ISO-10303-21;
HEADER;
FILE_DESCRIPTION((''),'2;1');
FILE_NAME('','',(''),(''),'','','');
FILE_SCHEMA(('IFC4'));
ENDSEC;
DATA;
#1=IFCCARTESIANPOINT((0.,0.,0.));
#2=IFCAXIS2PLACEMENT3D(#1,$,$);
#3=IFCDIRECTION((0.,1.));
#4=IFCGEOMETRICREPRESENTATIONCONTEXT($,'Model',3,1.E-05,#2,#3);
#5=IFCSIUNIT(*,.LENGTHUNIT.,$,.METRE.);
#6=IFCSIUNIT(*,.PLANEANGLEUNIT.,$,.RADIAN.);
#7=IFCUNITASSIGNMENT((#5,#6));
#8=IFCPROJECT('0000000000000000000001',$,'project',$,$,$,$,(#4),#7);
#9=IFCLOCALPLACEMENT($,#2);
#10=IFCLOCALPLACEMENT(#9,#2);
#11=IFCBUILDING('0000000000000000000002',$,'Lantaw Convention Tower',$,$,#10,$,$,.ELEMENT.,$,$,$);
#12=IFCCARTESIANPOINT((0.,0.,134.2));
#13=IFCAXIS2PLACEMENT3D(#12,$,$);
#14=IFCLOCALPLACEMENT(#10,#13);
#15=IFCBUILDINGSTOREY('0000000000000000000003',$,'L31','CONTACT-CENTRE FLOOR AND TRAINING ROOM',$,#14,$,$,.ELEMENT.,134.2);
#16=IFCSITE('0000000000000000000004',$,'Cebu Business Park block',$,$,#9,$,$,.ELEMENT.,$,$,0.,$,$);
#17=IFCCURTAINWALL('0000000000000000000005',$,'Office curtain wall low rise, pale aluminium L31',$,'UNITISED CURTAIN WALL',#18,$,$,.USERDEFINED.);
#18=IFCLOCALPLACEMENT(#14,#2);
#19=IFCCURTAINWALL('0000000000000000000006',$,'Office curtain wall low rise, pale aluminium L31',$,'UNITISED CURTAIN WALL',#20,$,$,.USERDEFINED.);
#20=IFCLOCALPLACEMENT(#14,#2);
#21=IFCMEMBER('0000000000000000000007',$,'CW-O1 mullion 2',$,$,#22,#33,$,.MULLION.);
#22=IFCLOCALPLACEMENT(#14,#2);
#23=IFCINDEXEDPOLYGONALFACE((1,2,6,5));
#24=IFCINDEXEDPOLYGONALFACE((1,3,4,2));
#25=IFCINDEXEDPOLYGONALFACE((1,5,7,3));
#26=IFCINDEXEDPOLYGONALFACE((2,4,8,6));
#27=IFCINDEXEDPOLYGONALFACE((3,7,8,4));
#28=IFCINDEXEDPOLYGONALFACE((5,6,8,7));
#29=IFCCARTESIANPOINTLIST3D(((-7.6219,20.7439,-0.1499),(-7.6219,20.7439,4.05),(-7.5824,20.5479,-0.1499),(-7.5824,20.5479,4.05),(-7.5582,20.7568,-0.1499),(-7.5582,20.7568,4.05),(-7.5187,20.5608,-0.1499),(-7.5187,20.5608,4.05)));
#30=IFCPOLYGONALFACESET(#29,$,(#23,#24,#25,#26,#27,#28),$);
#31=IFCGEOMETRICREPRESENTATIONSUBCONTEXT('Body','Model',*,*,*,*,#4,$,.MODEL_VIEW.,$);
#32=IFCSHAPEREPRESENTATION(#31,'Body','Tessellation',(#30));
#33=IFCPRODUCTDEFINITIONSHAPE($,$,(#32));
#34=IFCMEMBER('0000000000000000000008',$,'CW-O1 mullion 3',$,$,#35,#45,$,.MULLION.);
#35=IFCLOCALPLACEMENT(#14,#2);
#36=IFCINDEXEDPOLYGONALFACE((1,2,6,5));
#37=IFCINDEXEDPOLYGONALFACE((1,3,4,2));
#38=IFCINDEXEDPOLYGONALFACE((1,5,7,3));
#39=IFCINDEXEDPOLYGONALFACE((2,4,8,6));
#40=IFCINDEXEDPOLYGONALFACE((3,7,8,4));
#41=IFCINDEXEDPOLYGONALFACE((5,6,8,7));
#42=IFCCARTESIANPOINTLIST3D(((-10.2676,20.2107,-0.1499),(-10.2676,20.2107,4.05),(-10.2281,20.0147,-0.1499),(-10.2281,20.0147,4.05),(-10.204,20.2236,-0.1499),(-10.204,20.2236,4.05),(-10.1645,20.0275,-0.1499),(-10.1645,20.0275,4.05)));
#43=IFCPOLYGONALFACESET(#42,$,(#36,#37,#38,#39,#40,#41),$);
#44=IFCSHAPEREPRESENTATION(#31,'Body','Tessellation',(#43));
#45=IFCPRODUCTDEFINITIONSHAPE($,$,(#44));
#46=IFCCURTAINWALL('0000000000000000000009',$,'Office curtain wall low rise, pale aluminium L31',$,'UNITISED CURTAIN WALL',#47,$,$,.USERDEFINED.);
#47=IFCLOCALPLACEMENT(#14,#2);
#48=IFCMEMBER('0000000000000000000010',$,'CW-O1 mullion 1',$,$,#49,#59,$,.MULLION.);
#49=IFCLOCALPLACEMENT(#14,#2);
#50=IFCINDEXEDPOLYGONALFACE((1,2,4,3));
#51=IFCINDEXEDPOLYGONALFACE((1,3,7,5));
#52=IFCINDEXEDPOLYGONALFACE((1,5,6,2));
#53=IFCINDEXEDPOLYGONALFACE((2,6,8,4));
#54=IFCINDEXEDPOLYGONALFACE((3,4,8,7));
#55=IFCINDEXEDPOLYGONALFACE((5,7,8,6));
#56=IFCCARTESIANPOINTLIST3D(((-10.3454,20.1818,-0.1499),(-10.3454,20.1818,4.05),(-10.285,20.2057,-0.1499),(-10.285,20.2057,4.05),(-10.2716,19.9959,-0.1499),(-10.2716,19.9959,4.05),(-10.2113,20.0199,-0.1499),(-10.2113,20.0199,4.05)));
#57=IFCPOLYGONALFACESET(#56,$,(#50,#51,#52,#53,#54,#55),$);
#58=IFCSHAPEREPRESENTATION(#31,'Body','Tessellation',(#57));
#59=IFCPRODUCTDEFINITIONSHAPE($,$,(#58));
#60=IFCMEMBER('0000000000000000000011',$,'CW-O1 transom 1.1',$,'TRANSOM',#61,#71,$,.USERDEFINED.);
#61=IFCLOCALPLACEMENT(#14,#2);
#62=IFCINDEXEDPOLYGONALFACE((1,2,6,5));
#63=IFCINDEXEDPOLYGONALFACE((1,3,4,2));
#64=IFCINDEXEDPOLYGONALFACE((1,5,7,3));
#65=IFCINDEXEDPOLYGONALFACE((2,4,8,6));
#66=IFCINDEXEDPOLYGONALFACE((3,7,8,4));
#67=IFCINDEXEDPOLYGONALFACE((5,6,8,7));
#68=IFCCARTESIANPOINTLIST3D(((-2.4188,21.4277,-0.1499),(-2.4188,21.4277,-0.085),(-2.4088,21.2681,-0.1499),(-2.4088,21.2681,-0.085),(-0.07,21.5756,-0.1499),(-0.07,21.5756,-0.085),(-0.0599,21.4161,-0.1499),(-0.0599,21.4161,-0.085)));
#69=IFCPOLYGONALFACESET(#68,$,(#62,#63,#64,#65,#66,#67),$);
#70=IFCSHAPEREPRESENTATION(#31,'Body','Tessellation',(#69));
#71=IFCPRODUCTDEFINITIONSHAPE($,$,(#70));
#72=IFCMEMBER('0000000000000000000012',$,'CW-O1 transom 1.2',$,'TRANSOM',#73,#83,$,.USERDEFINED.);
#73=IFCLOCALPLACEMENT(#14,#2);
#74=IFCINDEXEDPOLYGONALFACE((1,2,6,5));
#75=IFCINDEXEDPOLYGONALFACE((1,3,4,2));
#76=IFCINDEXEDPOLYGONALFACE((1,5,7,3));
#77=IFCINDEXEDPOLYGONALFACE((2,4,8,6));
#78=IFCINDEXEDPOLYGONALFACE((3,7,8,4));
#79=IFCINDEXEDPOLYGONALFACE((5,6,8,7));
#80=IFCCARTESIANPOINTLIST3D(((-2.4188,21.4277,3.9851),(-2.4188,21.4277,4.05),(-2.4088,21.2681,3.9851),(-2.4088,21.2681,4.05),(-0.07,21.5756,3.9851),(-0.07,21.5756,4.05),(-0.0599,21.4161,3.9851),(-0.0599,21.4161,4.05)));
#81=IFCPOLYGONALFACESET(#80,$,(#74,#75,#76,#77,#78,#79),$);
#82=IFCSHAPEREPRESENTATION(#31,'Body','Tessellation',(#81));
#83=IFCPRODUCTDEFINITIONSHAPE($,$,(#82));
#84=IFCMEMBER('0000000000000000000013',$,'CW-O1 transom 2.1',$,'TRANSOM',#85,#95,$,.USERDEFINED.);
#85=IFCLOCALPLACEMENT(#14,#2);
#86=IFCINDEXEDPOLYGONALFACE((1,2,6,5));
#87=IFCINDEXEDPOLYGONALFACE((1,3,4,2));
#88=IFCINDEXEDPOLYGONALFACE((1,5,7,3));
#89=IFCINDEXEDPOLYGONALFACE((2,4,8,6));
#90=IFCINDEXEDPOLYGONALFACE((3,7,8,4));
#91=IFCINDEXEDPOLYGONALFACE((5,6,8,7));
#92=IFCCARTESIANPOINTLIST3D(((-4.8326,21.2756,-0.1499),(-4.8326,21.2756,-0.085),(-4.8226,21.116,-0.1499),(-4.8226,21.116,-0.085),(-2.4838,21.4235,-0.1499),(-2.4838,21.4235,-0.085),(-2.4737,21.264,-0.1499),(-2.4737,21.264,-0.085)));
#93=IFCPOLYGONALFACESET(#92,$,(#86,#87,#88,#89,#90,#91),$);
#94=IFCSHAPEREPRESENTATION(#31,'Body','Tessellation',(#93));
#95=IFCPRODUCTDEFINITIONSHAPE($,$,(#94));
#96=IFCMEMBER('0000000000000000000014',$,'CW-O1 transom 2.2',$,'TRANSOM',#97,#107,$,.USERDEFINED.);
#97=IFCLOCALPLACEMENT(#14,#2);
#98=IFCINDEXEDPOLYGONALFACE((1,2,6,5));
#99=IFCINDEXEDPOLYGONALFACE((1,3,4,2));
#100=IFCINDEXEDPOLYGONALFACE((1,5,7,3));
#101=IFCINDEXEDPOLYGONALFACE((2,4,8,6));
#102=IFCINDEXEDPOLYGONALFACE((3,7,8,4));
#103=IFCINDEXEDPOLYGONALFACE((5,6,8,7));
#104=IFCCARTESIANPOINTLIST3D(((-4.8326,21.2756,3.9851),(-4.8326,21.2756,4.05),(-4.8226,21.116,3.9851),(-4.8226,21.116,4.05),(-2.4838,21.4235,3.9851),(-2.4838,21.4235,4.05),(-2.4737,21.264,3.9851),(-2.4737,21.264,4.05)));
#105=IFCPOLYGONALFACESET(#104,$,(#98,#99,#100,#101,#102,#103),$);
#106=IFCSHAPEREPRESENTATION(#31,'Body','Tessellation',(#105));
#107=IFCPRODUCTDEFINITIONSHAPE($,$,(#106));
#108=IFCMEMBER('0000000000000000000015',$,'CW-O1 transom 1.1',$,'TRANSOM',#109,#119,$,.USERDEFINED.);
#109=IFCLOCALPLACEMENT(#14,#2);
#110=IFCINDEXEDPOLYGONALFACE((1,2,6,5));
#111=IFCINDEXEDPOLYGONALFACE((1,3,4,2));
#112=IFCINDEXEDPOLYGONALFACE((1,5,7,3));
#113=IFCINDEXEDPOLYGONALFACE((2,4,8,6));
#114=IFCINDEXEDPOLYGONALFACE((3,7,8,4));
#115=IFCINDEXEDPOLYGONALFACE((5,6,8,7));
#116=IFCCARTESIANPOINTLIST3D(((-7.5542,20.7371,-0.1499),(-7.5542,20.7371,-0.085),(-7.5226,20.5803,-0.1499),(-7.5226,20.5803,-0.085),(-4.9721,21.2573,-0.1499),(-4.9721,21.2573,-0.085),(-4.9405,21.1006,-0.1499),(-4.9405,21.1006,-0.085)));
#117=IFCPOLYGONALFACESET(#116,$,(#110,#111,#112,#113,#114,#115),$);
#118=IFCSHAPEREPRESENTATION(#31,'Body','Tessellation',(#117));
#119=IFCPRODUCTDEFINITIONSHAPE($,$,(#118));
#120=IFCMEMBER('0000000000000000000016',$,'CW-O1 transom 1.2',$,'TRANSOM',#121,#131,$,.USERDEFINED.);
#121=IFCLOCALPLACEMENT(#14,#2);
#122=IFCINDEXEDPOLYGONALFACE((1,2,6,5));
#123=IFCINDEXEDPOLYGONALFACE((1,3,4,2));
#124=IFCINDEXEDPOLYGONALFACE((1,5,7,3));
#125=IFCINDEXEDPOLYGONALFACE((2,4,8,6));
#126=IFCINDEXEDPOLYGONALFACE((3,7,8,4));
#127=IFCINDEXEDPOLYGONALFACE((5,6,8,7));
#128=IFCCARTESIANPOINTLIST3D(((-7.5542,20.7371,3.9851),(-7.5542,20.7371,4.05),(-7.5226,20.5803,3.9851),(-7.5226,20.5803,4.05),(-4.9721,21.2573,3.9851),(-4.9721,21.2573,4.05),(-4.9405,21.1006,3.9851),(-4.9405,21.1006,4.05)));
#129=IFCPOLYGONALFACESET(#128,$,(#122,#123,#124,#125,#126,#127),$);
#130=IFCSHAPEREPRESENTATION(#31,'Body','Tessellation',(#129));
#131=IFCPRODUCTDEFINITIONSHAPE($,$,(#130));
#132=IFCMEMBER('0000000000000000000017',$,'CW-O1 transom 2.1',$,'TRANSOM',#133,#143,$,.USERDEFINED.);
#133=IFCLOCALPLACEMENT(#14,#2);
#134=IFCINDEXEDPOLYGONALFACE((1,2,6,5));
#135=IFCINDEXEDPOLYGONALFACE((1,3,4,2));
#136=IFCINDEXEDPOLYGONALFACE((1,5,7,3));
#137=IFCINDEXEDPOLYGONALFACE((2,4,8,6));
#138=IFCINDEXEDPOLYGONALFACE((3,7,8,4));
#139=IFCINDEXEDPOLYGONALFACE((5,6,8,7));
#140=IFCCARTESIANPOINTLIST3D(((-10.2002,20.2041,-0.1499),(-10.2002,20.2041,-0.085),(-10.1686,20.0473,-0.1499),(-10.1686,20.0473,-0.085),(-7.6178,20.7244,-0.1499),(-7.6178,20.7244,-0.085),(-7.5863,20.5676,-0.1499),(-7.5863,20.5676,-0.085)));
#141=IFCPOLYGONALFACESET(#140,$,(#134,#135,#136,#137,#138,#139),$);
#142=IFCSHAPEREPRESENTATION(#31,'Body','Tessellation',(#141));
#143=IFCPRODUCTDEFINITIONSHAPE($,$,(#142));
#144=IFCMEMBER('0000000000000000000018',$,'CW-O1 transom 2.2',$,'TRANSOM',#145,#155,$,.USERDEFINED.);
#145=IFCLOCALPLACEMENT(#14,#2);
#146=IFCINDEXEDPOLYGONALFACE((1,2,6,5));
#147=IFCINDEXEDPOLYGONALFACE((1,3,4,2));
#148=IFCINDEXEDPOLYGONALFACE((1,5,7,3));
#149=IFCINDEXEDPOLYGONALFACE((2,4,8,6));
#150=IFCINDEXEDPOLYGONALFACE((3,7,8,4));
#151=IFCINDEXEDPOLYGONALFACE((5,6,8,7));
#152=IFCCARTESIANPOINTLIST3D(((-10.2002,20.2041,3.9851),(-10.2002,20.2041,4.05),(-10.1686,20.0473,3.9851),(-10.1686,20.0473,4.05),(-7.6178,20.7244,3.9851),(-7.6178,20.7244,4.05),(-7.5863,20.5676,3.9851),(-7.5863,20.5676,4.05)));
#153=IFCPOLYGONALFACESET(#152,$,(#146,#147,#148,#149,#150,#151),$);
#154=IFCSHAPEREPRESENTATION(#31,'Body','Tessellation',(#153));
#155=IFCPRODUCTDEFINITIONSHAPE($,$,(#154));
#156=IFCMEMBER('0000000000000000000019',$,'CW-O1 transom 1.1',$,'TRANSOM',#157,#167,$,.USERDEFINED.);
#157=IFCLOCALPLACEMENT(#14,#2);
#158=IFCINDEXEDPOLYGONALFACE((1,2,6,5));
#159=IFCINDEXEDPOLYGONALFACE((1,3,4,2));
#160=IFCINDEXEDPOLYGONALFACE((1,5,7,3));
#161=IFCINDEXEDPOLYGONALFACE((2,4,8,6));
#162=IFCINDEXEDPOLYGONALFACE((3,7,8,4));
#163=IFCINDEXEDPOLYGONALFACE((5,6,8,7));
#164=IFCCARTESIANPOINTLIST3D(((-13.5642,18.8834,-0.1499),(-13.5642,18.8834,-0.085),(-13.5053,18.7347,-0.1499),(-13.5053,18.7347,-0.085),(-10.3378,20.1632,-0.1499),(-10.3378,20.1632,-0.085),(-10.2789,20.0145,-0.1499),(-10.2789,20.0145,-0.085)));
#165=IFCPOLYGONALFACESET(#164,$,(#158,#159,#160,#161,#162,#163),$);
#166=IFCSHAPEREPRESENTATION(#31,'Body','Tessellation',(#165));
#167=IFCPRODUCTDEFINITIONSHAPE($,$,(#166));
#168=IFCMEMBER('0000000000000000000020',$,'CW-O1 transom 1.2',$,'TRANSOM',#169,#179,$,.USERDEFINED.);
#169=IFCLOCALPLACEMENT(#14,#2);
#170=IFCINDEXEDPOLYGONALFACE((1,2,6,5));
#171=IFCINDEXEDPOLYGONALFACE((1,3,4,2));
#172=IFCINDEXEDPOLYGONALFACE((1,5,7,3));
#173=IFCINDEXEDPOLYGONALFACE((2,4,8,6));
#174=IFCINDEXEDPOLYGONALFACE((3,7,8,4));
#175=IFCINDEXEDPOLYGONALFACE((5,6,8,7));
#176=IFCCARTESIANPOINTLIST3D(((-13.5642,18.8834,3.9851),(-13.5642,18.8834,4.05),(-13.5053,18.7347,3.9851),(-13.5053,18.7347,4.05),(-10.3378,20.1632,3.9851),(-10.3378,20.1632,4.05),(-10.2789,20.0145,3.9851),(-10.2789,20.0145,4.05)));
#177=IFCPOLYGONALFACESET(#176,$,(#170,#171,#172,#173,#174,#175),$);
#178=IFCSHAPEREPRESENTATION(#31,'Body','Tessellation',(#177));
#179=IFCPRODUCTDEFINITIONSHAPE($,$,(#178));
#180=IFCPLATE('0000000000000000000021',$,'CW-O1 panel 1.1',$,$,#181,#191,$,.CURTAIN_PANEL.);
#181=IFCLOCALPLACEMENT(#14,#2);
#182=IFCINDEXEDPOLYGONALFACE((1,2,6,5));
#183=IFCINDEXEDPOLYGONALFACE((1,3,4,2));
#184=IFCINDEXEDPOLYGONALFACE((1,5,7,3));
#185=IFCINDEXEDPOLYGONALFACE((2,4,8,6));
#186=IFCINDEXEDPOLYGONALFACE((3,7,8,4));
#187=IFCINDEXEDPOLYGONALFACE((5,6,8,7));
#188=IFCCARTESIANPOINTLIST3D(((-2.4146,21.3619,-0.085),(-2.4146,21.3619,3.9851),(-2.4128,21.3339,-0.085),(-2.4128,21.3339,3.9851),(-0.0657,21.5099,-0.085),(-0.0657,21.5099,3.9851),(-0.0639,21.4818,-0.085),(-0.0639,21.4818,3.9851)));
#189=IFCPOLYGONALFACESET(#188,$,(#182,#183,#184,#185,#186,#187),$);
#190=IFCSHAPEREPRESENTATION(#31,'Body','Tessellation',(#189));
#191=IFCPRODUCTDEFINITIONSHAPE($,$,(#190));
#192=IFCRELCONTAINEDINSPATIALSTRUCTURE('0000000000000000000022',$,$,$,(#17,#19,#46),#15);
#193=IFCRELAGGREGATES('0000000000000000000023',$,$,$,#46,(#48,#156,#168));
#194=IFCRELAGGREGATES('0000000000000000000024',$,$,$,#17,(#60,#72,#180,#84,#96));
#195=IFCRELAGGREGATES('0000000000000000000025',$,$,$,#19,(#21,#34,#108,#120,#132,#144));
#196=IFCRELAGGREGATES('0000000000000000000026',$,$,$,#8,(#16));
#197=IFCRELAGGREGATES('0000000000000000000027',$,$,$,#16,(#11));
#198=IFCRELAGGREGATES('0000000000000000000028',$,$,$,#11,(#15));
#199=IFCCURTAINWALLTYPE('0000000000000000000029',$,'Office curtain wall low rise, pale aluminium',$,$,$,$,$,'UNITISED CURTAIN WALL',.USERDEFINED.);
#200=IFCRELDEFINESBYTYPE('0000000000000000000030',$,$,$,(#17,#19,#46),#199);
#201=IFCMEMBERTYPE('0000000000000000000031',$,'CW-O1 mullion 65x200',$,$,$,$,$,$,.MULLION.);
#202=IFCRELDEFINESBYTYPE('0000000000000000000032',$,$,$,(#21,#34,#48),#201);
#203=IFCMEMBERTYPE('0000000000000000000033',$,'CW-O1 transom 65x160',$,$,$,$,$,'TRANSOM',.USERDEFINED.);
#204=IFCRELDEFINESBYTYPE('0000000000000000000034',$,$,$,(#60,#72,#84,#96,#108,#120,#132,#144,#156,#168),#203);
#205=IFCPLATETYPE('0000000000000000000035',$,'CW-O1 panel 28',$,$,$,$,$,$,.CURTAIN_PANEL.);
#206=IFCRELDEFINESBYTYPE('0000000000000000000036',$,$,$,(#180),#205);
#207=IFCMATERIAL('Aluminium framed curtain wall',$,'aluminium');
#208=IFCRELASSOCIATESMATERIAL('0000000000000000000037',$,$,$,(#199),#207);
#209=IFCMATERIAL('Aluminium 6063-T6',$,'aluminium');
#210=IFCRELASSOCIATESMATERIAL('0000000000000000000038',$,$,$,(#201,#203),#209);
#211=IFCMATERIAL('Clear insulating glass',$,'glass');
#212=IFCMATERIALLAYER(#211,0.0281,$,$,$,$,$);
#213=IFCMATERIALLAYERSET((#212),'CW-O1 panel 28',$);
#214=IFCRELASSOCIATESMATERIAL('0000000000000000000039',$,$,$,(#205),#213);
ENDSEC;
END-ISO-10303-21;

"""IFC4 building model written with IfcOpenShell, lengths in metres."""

from ifc_helpers import new_model, si_unit, direction, frame, origin, origin_2d, place, context, subcontext, project, spatial, rectangle, extrude, material, layer, layer_set, material_profile, profile_set, type_object, element, aggregate, save


model = new_model("IFC4")

# Units and contexts
model_context = context("Model", 3, precision=1e-05, world=origin(), true_north=direction((0.0, 1.0)))
body_context = subcontext(model_context, "Body", "Model", "MODEL_VIEW")
ifc_project = project(units=[si_unit("LENGTHUNIT", "METRE"), si_unit("PLANEANGLEUNIT", "RADIAN")], contexts=[model_context])

# Site, building, storey
site_placement = place(None, origin())
site = spatial("IfcSite", under=ifc_project, at=site_placement, Name="Cebu Business Park block", CompositionType="ELEMENT", RefElevation=0.0)
building_placement = place(site_placement, origin())
building = spatial("IfcBuilding", under=site, at=building_placement, Name="Lantaw Convention Tower", CompositionType="ELEMENT")
storey_placement = place(building_placement, frame((0.0, 0.0, 134.2)))
storey = spatial("IfcBuildingStorey", under=building, at=storey_placement, Name="L31", Description="CONTACT-CENTRE FLOOR AND TRAINING ROOM", CompositionType="ELEMENT", Elevation=134.2)

# Curtain walls, members
ifc_material_1 = material(Name="Aluminium framed curtain wall", Category="aluminium")
curtain_wall_type = type_object("IfcCurtainWallType", Name="Office curtain wall low rise, pale aluminium", ElementType="UNITISED CURTAIN WALL", PredefinedType="USERDEFINED", material=ifc_material_1)
curtain_wall_1_placement = place(storey_placement, origin())
curtain_wall_1 = element("IfcCurtainWall", 1, at=curtain_wall_1_placement, inside=storey, type_object=curtain_wall_type, Name="Office curtain wall low rise, pale aluminium L31", ObjectType="UNITISED CURTAIN WALL", PredefinedType="USERDEFINED")
ifc_material_2 = material(Name="Aluminium 6063-T6", Category="aluminium")
ifc_material_profile_1 = material_profile(ifc_material_2, rectangle(XDim=0.2, YDim=0.0649, at=origin_2d()), Name="CW-O1 mullion 65x200")
ifc_profile_set_1 = profile_set([ifc_material_profile_1], Name="Aluminium 6063-T6")
member_type_1 = type_object("IfcMemberType", Name="CW-O1 mullion 65x200", PredefinedType="MULLION", material=ifc_profile_set_1)
curtain_wall_2_placement = place(storey_placement, origin())
curtain_wall_2 = element("IfcCurtainWall", 2, at=curtain_wall_2_placement, inside=storey, type_object=curtain_wall_type, Name="Office curtain wall low rise, pale aluminium L31", ObjectType="UNITISED CURTAIN WALL", PredefinedType="USERDEFINED")
member_1_placement = place(storey_placement, frame((-7.5703, 20.6523, -0.1499), z_axis=(0.0, 0.0, 1.0), x_axis=(0.197507, -0.980302, 0.0)))
member_1 = element("IfcMember", 3, at=member_1_placement, type_object=member_type_1, Name="CW-O1 mullion 2", PredefinedType="MULLION", context=body_context, shape_type="SweptSolid", body=[
    extrude(rectangle(XDim=0.2, YDim=0.0649, at=origin_2d()), origin(), (0.0, 0.0, 1.0), 4.2),
])
member_2_placement = place(storey_placement, frame((-10.2161, 20.1191, -0.1499), z_axis=(0.0, 0.0, 1.0), x_axis=(0.197507, -0.980302, 0.0)))
member_2 = element("IfcMember", 4, at=member_2_placement, type_object=member_type_1, Name="CW-O1 mullion 3", PredefinedType="MULLION", context=body_context, shape_type="SweptSolid", body=[
    extrude(rectangle(XDim=0.2, YDim=0.0649, at=origin_2d()), origin(), (0.0, 0.0, 1.0), 4.2),
])

# Curtain wall, member
curtain_wall_3_placement = place(storey_placement, origin())
curtain_wall_3 = element("IfcCurtainWall", 5, at=curtain_wall_3_placement, inside=storey, type_object=curtain_wall_type, Name="Office curtain wall low rise, pale aluminium L31", ObjectType="UNITISED CURTAIN WALL", PredefinedType="USERDEFINED")
member_3_placement = place(storey_placement, frame((-10.2783, 20.1008, -0.1499), z_axis=(0.0, 0.0, 1.0), x_axis=(0.368702, -0.929548, 0.0)))
member_3 = element("IfcMember", 6, at=member_3_placement, type_object=member_type_1, Name="CW-O1 mullion 1", PredefinedType="MULLION", context=body_context, shape_type="SweptSolid", body=[
    extrude(rectangle(XDim=0.2, YDim=0.0649, at=origin_2d()), origin(), (0.0, 0.0, 1.0), 4.2),
])

# Members
ifc_material_profile_2 = material_profile(ifc_material_2, rectangle(XDim=0.1599, YDim=0.0649, at=origin_2d()), Name="CW-O1 transom 65x160")
ifc_profile_set_2 = profile_set([ifc_material_profile_2], Name="Aluminium 6063-T6")
member_type_2 = type_object("IfcMemberType", Name="CW-O1 transom 65x160", ElementType="TRANSOM", PredefinedType="USERDEFINED", material=ifc_profile_set_2)
member_4_placement = place(storey_placement, frame((-0.0649, 21.4958, -0.1174), z_axis=(-0.998022, -0.062863, 0.0), x_axis=(0.062863, -0.998022, 0.0)))
member_4 = element("IfcMember", 7, at=member_4_placement, type_object=member_type_2, Name="CW-O1 transom 1.1", ObjectType="TRANSOM", PredefinedType="USERDEFINED", context=body_context, shape_type="SweptSolid", body=[
    extrude(rectangle(XDim=0.1599, YDim=0.0649, at=origin_2d()), origin(), (0.0, 0.0, 1.0), 2.3535),
])
member_5_placement = place(storey_placement, frame((-0.0649, 21.4958, 4.0176), z_axis=(-0.998022, -0.062863, 0.0), x_axis=(0.062863, -0.998022, 0.0)))
member_5 = element("IfcMember", 8, at=member_5_placement, type_object=member_type_2, Name="CW-O1 transom 1.2", ObjectType="TRANSOM", PredefinedType="USERDEFINED", context=body_context, shape_type="SweptSolid", body=[
    extrude(rectangle(XDim=0.1599, YDim=0.0649, at=origin_2d()), origin(), (0.0, 0.0, 1.0), 2.3535),
])
member_6_placement = place(storey_placement, frame((-2.4788, 21.3438, -0.1174), z_axis=(-0.998022, -0.062863, 0.0), x_axis=(0.062863, -0.998022, 0.0)))
member_6 = element("IfcMember", 9, at=member_6_placement, type_object=member_type_2, Name="CW-O1 transom 2.1", ObjectType="TRANSOM", PredefinedType="USERDEFINED", context=body_context, shape_type="SweptSolid", body=[
    extrude(rectangle(XDim=0.1599, YDim=0.0649, at=origin_2d()), origin(), (0.0, 0.0, 1.0), 2.3535),
])
member_7_placement = place(storey_placement, frame((-2.4788, 21.3438, 4.0176), z_axis=(-0.998022, -0.062863, 0.0), x_axis=(0.062863, -0.998022, 0.0)))
member_7 = element("IfcMember", 10, at=member_7_placement, type_object=member_type_2, Name="CW-O1 transom 2.2", ObjectType="TRANSOM", PredefinedType="USERDEFINED", context=body_context, shape_type="SweptSolid", body=[
    extrude(rectangle(XDim=0.1599, YDim=0.0649, at=origin_2d()), origin(), (0.0, 0.0, 1.0), 2.3535),
])
member_8_placement = place(storey_placement, frame((-4.9563, 21.179, -0.1174), z_axis=(-0.980298, -0.197524, 0.0), x_axis=(0.197524, -0.980298, 0.0)))
member_8 = element("IfcMember", 11, at=member_8_placement, type_object=member_type_2, Name="CW-O1 transom 1.1", ObjectType="TRANSOM", PredefinedType="USERDEFINED", context=body_context, shape_type="SweptSolid", body=[
    extrude(rectangle(XDim=0.1599, YDim=0.0649, at=origin_2d()), origin(), (0.0, 0.0, 1.0), 2.634),
])
member_9_placement = place(storey_placement, frame((-4.9563, 21.179, 4.0176), z_axis=(-0.980298, -0.197524, 0.0), x_axis=(0.197524, -0.980298, 0.0)))
member_9 = element("IfcMember", 12, at=member_9_placement, type_object=member_type_2, Name="CW-O1 transom 1.2", ObjectType="TRANSOM", PredefinedType="USERDEFINED", context=body_context, shape_type="SweptSolid", body=[
    extrude(rectangle(XDim=0.1599, YDim=0.0649, at=origin_2d()), origin(), (0.0, 0.0, 1.0), 2.634),
])
member_10_placement = place(storey_placement, frame((-7.6021, 20.646, -0.1174), z_axis=(-0.980302, -0.197506, 0.0), x_axis=(0.197506, -0.980302, 0.0)))
member_10 = element("IfcMember", 13, at=member_10_placement, type_object=member_type_2, Name="CW-O1 transom 2.1", ObjectType="TRANSOM", PredefinedType="USERDEFINED", context=body_context, shape_type="SweptSolid", body=[
    extrude(rectangle(XDim=0.1599, YDim=0.0649, at=origin_2d()), origin(), (0.0, 0.0, 1.0), 2.6343),
])
member_11_placement = place(storey_placement, frame((-7.6021, 20.646, 4.0176), z_axis=(-0.980302, -0.197506, 0.0), x_axis=(0.197506, -0.980302, 0.0)))
member_11 = element("IfcMember", 14, at=member_11_placement, type_object=member_type_2, Name="CW-O1 transom 2.2", ObjectType="TRANSOM", PredefinedType="USERDEFINED", context=body_context, shape_type="SweptSolid", body=[
    extrude(rectangle(XDim=0.1599, YDim=0.0649, at=origin_2d()), origin(), (0.0, 0.0, 1.0), 2.6343),
])
member_12_placement = place(storey_placement, frame((-10.3083, 20.0889, -0.1174), z_axis=(-0.92954, -0.368721, 0.0), x_axis=(0.368721, -0.92954, 0.0)))
member_12 = element("IfcMember", 15, at=member_12_placement, type_object=member_type_2, Name="CW-O1 transom 1.1", ObjectType="TRANSOM", PredefinedType="USERDEFINED", context=body_context, shape_type="SweptSolid", body=[
    extrude(rectangle(XDim=0.1599, YDim=0.0649, at=origin_2d()), origin(), (0.0, 0.0, 1.0), 3.4709),
])
member_13_placement = place(storey_placement, frame((-10.3083, 20.0889, 4.0176), z_axis=(-0.92954, -0.368721, 0.0), x_axis=(0.368721, -0.92954, 0.0)))
member_13 = element("IfcMember", 16, at=member_13_placement, type_object=member_type_2, Name="CW-O1 transom 1.2", ObjectType="TRANSOM", PredefinedType="USERDEFINED", context=body_context, shape_type="SweptSolid", body=[
    extrude(rectangle(XDim=0.1599, YDim=0.0649, at=origin_2d()), origin(), (0.0, 0.0, 1.0), 3.4709),
])
aggregate(curtain_wall_3, [member_3, member_12, member_13])

# Plate
ifc_material_3 = material(Name="Clear insulating glass", Category="glass")
ifc_layer_1 = layer(ifc_material_3, 0.0281)
ifc_layer_set_1 = layer_set([ifc_layer_1], Name="CW-O1 panel 28")
plate_type_1 = type_object("IfcPlateType", Name="CW-O1 panel 28", PredefinedType="CURTAIN_PANEL", material=ifc_layer_set_1)
plate_1_placement = place(storey_placement, frame((-1.2393, 21.4219, -0.085), z_axis=(0.0, 0.0, 1.0), x_axis=(-0.998022, -0.062865, 0.0)))
plate_1 = element("IfcPlate", 17, at=plate_1_placement, type_object=plate_type_1, Name="CW-O1 panel 1.1", PredefinedType="CURTAIN_PANEL", context=body_context, shape_type="SweptSolid", body=[
    extrude(rectangle(XDim=2.3535, YDim=0.0281, at=origin_2d()), origin(), (0.0, 0.0, 1.0), 4.0701),
])
aggregate(curtain_wall_1, [member_4, member_5, plate_1, member_6, member_7])
aggregate(curtain_wall_2, [member_1, member_2, member_8, member_9, member_10, member_11])

save(model, "model.ifc")
